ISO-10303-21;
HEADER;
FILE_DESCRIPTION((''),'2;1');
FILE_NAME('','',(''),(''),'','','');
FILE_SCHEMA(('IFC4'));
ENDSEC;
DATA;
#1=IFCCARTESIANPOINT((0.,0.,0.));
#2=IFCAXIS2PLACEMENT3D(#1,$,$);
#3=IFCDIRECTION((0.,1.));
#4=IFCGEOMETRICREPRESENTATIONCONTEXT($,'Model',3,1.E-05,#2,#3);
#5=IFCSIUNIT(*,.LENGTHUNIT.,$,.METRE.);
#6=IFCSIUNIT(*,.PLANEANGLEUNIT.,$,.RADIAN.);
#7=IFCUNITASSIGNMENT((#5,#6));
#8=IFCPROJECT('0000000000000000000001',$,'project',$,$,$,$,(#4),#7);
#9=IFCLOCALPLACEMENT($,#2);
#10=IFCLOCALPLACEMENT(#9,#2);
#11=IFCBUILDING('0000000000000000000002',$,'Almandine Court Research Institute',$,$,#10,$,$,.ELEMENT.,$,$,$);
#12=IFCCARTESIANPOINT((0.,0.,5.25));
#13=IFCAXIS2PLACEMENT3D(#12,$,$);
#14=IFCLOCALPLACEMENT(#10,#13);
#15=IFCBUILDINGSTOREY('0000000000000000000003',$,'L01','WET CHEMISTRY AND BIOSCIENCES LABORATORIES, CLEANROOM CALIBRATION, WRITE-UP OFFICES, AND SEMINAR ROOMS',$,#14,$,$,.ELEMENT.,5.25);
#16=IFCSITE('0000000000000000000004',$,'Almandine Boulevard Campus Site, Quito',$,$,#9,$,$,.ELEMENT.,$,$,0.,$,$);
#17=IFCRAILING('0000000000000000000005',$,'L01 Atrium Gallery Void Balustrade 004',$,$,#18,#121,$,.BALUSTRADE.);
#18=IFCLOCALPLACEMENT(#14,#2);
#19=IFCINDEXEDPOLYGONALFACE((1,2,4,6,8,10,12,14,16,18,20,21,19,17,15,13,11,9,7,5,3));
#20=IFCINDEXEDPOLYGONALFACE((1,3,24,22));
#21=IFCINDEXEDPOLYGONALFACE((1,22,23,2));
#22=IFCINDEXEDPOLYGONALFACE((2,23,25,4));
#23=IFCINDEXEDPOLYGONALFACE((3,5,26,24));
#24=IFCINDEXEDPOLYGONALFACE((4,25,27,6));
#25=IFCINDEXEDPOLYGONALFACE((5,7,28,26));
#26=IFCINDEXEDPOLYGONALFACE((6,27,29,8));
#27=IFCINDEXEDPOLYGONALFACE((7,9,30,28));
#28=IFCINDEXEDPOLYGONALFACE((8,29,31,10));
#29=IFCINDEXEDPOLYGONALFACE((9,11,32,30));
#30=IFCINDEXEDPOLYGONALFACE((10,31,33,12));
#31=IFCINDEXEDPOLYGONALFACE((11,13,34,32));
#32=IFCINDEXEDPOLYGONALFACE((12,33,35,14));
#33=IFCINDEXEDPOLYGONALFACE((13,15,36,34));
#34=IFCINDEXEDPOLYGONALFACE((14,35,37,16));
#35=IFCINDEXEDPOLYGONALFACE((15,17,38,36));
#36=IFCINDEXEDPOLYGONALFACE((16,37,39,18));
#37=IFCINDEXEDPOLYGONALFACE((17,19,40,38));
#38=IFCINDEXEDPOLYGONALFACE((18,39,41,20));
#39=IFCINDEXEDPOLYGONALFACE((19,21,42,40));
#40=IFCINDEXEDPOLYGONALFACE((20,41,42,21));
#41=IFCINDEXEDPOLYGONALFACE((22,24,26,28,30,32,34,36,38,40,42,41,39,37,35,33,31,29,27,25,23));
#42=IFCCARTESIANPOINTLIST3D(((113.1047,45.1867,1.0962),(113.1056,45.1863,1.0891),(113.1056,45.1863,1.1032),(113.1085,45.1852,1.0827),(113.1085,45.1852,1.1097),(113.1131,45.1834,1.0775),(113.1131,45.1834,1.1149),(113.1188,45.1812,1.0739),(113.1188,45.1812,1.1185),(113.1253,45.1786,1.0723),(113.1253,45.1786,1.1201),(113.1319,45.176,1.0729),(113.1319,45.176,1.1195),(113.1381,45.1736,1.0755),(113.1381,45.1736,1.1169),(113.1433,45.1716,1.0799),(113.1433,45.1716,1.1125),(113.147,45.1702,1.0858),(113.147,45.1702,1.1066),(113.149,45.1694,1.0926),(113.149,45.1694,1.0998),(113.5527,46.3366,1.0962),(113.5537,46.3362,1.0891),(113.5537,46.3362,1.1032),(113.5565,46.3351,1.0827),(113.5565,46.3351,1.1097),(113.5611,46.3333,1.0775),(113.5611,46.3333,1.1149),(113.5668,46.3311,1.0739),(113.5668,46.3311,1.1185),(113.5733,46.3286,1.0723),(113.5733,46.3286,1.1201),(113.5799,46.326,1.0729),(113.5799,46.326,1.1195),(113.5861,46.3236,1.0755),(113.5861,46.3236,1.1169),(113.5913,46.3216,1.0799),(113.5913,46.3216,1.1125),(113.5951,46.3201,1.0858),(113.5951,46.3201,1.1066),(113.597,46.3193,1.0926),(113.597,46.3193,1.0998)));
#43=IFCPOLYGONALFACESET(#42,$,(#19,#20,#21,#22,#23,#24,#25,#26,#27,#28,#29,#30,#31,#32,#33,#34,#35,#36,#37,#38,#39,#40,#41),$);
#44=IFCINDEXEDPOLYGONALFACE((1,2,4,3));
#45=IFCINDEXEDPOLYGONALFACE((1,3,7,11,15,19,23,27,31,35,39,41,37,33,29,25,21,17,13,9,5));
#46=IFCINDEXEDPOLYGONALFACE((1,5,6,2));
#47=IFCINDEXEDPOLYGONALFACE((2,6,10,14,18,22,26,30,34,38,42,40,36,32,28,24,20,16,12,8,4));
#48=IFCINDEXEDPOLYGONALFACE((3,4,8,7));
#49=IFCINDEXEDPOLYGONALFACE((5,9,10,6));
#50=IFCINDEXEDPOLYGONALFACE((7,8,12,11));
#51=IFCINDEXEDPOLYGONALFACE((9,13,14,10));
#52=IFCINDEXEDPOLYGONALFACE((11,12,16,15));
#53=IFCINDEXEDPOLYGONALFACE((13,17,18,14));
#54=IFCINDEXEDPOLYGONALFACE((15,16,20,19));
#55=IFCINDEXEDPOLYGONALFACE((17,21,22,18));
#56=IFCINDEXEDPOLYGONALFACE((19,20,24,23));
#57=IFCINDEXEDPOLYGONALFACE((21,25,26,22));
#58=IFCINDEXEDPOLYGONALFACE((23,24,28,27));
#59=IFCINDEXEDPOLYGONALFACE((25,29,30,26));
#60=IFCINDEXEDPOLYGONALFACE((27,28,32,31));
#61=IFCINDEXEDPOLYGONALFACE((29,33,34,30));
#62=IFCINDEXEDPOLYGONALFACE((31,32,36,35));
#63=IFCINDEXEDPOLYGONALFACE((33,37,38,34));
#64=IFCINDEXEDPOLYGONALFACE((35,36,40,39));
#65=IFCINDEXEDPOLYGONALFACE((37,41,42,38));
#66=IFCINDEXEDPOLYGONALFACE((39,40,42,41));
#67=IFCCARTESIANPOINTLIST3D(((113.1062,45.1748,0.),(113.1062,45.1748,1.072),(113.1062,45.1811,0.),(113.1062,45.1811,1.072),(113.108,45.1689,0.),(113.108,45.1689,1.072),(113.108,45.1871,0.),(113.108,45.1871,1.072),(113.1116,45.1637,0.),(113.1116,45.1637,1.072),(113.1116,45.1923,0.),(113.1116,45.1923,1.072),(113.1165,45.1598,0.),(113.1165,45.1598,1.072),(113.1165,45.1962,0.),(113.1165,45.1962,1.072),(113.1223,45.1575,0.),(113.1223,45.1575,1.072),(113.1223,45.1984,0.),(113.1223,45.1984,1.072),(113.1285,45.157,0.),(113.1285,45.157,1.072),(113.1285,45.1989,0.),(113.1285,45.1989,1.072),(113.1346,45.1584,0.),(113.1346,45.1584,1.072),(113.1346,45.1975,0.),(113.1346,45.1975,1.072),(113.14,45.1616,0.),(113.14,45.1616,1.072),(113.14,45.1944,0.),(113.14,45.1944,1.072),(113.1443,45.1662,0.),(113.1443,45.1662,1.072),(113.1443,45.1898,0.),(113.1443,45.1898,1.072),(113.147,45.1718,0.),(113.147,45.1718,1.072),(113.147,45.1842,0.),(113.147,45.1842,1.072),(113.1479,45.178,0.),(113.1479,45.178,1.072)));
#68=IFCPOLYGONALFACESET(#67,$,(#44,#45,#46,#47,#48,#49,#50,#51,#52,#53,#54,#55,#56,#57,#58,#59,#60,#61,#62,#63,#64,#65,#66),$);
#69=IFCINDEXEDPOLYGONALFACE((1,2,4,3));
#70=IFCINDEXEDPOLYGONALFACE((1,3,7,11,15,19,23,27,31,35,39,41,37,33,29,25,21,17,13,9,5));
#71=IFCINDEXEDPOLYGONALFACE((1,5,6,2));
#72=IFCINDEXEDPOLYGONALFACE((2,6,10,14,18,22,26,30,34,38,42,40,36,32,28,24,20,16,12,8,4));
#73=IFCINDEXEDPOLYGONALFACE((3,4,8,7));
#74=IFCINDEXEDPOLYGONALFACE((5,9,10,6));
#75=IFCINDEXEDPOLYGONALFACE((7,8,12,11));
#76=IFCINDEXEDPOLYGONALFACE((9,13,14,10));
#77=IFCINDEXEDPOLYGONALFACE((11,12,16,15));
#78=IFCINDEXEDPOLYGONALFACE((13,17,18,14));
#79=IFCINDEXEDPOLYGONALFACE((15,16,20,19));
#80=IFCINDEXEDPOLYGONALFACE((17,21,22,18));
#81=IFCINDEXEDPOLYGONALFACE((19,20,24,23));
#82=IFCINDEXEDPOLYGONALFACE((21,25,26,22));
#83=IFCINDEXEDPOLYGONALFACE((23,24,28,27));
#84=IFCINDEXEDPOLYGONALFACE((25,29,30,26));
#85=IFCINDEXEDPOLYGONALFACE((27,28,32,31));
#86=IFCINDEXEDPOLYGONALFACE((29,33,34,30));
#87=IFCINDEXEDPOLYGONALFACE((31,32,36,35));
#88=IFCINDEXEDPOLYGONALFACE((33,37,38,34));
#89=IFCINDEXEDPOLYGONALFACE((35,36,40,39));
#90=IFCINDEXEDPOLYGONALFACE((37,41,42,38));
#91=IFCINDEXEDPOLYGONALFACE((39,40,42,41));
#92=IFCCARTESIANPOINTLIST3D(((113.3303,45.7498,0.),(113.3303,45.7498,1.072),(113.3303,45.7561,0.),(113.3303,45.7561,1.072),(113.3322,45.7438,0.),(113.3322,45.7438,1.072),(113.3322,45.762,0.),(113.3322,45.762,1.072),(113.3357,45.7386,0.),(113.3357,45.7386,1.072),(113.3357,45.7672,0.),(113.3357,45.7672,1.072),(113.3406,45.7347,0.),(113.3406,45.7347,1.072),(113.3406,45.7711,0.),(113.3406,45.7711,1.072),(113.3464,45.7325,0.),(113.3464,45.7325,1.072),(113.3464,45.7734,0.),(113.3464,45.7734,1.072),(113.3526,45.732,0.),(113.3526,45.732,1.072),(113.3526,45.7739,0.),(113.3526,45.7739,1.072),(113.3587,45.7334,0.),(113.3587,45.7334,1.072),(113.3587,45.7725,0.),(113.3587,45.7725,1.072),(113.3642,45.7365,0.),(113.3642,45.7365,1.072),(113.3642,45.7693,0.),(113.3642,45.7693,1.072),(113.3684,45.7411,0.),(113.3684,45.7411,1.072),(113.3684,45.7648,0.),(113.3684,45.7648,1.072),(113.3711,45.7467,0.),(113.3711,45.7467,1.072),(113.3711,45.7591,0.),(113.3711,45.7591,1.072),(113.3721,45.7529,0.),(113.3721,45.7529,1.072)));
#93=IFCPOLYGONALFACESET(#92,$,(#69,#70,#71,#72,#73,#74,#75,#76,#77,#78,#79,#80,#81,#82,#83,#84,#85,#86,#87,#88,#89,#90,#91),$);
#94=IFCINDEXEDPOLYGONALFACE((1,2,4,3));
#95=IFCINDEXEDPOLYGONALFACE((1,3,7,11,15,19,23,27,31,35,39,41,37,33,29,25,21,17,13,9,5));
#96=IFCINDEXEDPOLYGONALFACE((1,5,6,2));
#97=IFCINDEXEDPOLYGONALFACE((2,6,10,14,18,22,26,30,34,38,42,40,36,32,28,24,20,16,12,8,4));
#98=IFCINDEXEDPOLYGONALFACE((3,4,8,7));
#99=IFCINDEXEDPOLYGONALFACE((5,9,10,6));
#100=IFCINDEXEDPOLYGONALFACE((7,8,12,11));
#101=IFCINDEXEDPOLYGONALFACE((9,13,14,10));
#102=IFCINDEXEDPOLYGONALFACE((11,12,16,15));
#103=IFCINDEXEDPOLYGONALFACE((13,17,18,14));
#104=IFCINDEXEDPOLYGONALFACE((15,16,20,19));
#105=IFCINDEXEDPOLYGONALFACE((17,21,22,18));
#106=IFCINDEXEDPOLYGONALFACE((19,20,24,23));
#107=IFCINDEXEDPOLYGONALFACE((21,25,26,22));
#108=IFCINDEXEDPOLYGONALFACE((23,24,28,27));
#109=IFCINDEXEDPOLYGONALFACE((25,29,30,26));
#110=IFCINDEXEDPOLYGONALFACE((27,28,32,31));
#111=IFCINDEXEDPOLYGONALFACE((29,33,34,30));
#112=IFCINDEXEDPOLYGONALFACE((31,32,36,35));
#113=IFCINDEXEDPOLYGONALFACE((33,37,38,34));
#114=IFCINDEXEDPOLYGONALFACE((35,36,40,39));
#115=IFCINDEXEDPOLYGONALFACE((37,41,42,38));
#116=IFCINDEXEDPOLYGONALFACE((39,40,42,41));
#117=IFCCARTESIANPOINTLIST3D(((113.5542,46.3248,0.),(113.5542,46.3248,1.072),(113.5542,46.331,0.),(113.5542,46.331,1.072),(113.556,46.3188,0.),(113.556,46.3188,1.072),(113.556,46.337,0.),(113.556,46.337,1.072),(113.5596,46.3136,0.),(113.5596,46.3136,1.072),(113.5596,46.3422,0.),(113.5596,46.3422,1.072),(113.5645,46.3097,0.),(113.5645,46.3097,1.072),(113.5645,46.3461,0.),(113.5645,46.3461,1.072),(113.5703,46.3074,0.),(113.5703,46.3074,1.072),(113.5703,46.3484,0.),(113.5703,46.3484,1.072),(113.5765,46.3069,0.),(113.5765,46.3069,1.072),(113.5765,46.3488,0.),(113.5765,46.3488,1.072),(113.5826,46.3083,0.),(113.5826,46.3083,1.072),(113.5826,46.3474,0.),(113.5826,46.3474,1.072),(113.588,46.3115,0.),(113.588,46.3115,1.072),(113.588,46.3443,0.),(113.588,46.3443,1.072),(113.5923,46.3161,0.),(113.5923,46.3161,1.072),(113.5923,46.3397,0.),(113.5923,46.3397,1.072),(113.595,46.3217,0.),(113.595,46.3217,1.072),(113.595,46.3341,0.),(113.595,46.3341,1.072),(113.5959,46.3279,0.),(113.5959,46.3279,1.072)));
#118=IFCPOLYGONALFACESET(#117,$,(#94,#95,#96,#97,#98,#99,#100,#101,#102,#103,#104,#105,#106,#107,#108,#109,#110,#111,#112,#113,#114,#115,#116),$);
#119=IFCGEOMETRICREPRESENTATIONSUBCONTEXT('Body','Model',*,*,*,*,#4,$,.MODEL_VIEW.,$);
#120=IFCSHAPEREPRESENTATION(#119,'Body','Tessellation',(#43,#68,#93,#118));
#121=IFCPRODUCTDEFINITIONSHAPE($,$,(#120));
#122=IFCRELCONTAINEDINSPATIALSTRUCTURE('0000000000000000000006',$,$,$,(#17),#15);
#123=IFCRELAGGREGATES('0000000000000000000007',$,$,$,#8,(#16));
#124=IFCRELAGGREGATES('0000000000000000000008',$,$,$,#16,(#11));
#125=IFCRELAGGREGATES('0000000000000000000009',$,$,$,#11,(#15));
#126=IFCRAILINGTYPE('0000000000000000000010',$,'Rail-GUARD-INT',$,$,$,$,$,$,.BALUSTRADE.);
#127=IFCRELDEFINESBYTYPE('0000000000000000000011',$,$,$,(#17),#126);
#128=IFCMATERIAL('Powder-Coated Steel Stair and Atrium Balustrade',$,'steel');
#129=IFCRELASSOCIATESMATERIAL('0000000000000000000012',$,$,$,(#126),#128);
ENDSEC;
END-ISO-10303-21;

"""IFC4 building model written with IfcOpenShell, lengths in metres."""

from ifc_helpers import new_model, si_unit, direction, frame, origin, origin_2d, place, context, subcontext, project, spatial, circle, extrude, material, type_object, element, save


model = new_model("IFC4")

# Units and contexts
model_context = context("Model", 3, precision=1e-05, world=origin(), true_north=direction((0.0, 1.0)))
body_context = subcontext(model_context, "Body", "Model", "MODEL_VIEW")
ifc_project = project(units=[si_unit("LENGTHUNIT", "METRE"), si_unit("PLANEANGLEUNIT", "RADIAN")], contexts=[model_context])

# Site, building, storey
site_placement = place(None, origin())
site = spatial("IfcSite", under=ifc_project, at=site_placement, Name="Almandine Boulevard Campus Site, Quito", CompositionType="ELEMENT", RefElevation=0.0)
building_placement = place(site_placement, origin())
building = spatial("IfcBuilding", under=site, at=building_placement, Name="Almandine Court Research Institute", CompositionType="ELEMENT")
storey_placement = place(building_placement, frame((0.0, 0.0, 5.25)))
storey = spatial("IfcBuildingStorey", under=building, at=storey_placement, Name="L01", Description="WET CHEMISTRY AND BIOSCIENCES LABORATORIES, CLEANROOM CALIBRATION, WRITE-UP OFFICES, AND SEMINAR ROOMS", CompositionType="ELEMENT", Elevation=5.25)

# Railing
ifc_material_1 = material(Name="Powder-Coated Steel Stair and Atrium Balustrade", Category="steel")
railing_type = type_object("IfcRailingType", Name="Rail-GUARD-INT", PredefinedType="BALUSTRADE", material=ifc_material_1)
railing_1_placement = place(storey_placement, frame((113.127, 45.178, 0.0)))
element("IfcRailing", 1, at=railing_1_placement, inside=storey, type_object=railing_type, Name="L01 Atrium Gallery Void Balustrade 004", PredefinedType="BALUSTRADE", context=body_context, shape_type="SweptSolid", body=[
    extrude(circle(Radius=0.0239, at=origin_2d()), frame((0.0, 0.0, 1.0962), z_axis=(0.363019, 0.931782, 0.0), x_axis=(-0.931782, 0.363019, 0.0)), (0.0, 0.0, 1.0), 1.2341),
    extrude(circle(Radius=0.021, at=origin_2d()), origin(), (0.0, 0.0, 1.0), 1.072),
    extrude(circle(Radius=0.021, at=origin_2d()), frame((0.2241, 0.575, 0.0)), (0.0, 0.0, 1.0), 1.072),
    extrude(circle(Radius=0.021, at=origin_2d()), frame((0.448, 1.1499, 0.0)), (0.0, 0.0, 1.0), 1.072),
])

save(model, "model.ifc")
